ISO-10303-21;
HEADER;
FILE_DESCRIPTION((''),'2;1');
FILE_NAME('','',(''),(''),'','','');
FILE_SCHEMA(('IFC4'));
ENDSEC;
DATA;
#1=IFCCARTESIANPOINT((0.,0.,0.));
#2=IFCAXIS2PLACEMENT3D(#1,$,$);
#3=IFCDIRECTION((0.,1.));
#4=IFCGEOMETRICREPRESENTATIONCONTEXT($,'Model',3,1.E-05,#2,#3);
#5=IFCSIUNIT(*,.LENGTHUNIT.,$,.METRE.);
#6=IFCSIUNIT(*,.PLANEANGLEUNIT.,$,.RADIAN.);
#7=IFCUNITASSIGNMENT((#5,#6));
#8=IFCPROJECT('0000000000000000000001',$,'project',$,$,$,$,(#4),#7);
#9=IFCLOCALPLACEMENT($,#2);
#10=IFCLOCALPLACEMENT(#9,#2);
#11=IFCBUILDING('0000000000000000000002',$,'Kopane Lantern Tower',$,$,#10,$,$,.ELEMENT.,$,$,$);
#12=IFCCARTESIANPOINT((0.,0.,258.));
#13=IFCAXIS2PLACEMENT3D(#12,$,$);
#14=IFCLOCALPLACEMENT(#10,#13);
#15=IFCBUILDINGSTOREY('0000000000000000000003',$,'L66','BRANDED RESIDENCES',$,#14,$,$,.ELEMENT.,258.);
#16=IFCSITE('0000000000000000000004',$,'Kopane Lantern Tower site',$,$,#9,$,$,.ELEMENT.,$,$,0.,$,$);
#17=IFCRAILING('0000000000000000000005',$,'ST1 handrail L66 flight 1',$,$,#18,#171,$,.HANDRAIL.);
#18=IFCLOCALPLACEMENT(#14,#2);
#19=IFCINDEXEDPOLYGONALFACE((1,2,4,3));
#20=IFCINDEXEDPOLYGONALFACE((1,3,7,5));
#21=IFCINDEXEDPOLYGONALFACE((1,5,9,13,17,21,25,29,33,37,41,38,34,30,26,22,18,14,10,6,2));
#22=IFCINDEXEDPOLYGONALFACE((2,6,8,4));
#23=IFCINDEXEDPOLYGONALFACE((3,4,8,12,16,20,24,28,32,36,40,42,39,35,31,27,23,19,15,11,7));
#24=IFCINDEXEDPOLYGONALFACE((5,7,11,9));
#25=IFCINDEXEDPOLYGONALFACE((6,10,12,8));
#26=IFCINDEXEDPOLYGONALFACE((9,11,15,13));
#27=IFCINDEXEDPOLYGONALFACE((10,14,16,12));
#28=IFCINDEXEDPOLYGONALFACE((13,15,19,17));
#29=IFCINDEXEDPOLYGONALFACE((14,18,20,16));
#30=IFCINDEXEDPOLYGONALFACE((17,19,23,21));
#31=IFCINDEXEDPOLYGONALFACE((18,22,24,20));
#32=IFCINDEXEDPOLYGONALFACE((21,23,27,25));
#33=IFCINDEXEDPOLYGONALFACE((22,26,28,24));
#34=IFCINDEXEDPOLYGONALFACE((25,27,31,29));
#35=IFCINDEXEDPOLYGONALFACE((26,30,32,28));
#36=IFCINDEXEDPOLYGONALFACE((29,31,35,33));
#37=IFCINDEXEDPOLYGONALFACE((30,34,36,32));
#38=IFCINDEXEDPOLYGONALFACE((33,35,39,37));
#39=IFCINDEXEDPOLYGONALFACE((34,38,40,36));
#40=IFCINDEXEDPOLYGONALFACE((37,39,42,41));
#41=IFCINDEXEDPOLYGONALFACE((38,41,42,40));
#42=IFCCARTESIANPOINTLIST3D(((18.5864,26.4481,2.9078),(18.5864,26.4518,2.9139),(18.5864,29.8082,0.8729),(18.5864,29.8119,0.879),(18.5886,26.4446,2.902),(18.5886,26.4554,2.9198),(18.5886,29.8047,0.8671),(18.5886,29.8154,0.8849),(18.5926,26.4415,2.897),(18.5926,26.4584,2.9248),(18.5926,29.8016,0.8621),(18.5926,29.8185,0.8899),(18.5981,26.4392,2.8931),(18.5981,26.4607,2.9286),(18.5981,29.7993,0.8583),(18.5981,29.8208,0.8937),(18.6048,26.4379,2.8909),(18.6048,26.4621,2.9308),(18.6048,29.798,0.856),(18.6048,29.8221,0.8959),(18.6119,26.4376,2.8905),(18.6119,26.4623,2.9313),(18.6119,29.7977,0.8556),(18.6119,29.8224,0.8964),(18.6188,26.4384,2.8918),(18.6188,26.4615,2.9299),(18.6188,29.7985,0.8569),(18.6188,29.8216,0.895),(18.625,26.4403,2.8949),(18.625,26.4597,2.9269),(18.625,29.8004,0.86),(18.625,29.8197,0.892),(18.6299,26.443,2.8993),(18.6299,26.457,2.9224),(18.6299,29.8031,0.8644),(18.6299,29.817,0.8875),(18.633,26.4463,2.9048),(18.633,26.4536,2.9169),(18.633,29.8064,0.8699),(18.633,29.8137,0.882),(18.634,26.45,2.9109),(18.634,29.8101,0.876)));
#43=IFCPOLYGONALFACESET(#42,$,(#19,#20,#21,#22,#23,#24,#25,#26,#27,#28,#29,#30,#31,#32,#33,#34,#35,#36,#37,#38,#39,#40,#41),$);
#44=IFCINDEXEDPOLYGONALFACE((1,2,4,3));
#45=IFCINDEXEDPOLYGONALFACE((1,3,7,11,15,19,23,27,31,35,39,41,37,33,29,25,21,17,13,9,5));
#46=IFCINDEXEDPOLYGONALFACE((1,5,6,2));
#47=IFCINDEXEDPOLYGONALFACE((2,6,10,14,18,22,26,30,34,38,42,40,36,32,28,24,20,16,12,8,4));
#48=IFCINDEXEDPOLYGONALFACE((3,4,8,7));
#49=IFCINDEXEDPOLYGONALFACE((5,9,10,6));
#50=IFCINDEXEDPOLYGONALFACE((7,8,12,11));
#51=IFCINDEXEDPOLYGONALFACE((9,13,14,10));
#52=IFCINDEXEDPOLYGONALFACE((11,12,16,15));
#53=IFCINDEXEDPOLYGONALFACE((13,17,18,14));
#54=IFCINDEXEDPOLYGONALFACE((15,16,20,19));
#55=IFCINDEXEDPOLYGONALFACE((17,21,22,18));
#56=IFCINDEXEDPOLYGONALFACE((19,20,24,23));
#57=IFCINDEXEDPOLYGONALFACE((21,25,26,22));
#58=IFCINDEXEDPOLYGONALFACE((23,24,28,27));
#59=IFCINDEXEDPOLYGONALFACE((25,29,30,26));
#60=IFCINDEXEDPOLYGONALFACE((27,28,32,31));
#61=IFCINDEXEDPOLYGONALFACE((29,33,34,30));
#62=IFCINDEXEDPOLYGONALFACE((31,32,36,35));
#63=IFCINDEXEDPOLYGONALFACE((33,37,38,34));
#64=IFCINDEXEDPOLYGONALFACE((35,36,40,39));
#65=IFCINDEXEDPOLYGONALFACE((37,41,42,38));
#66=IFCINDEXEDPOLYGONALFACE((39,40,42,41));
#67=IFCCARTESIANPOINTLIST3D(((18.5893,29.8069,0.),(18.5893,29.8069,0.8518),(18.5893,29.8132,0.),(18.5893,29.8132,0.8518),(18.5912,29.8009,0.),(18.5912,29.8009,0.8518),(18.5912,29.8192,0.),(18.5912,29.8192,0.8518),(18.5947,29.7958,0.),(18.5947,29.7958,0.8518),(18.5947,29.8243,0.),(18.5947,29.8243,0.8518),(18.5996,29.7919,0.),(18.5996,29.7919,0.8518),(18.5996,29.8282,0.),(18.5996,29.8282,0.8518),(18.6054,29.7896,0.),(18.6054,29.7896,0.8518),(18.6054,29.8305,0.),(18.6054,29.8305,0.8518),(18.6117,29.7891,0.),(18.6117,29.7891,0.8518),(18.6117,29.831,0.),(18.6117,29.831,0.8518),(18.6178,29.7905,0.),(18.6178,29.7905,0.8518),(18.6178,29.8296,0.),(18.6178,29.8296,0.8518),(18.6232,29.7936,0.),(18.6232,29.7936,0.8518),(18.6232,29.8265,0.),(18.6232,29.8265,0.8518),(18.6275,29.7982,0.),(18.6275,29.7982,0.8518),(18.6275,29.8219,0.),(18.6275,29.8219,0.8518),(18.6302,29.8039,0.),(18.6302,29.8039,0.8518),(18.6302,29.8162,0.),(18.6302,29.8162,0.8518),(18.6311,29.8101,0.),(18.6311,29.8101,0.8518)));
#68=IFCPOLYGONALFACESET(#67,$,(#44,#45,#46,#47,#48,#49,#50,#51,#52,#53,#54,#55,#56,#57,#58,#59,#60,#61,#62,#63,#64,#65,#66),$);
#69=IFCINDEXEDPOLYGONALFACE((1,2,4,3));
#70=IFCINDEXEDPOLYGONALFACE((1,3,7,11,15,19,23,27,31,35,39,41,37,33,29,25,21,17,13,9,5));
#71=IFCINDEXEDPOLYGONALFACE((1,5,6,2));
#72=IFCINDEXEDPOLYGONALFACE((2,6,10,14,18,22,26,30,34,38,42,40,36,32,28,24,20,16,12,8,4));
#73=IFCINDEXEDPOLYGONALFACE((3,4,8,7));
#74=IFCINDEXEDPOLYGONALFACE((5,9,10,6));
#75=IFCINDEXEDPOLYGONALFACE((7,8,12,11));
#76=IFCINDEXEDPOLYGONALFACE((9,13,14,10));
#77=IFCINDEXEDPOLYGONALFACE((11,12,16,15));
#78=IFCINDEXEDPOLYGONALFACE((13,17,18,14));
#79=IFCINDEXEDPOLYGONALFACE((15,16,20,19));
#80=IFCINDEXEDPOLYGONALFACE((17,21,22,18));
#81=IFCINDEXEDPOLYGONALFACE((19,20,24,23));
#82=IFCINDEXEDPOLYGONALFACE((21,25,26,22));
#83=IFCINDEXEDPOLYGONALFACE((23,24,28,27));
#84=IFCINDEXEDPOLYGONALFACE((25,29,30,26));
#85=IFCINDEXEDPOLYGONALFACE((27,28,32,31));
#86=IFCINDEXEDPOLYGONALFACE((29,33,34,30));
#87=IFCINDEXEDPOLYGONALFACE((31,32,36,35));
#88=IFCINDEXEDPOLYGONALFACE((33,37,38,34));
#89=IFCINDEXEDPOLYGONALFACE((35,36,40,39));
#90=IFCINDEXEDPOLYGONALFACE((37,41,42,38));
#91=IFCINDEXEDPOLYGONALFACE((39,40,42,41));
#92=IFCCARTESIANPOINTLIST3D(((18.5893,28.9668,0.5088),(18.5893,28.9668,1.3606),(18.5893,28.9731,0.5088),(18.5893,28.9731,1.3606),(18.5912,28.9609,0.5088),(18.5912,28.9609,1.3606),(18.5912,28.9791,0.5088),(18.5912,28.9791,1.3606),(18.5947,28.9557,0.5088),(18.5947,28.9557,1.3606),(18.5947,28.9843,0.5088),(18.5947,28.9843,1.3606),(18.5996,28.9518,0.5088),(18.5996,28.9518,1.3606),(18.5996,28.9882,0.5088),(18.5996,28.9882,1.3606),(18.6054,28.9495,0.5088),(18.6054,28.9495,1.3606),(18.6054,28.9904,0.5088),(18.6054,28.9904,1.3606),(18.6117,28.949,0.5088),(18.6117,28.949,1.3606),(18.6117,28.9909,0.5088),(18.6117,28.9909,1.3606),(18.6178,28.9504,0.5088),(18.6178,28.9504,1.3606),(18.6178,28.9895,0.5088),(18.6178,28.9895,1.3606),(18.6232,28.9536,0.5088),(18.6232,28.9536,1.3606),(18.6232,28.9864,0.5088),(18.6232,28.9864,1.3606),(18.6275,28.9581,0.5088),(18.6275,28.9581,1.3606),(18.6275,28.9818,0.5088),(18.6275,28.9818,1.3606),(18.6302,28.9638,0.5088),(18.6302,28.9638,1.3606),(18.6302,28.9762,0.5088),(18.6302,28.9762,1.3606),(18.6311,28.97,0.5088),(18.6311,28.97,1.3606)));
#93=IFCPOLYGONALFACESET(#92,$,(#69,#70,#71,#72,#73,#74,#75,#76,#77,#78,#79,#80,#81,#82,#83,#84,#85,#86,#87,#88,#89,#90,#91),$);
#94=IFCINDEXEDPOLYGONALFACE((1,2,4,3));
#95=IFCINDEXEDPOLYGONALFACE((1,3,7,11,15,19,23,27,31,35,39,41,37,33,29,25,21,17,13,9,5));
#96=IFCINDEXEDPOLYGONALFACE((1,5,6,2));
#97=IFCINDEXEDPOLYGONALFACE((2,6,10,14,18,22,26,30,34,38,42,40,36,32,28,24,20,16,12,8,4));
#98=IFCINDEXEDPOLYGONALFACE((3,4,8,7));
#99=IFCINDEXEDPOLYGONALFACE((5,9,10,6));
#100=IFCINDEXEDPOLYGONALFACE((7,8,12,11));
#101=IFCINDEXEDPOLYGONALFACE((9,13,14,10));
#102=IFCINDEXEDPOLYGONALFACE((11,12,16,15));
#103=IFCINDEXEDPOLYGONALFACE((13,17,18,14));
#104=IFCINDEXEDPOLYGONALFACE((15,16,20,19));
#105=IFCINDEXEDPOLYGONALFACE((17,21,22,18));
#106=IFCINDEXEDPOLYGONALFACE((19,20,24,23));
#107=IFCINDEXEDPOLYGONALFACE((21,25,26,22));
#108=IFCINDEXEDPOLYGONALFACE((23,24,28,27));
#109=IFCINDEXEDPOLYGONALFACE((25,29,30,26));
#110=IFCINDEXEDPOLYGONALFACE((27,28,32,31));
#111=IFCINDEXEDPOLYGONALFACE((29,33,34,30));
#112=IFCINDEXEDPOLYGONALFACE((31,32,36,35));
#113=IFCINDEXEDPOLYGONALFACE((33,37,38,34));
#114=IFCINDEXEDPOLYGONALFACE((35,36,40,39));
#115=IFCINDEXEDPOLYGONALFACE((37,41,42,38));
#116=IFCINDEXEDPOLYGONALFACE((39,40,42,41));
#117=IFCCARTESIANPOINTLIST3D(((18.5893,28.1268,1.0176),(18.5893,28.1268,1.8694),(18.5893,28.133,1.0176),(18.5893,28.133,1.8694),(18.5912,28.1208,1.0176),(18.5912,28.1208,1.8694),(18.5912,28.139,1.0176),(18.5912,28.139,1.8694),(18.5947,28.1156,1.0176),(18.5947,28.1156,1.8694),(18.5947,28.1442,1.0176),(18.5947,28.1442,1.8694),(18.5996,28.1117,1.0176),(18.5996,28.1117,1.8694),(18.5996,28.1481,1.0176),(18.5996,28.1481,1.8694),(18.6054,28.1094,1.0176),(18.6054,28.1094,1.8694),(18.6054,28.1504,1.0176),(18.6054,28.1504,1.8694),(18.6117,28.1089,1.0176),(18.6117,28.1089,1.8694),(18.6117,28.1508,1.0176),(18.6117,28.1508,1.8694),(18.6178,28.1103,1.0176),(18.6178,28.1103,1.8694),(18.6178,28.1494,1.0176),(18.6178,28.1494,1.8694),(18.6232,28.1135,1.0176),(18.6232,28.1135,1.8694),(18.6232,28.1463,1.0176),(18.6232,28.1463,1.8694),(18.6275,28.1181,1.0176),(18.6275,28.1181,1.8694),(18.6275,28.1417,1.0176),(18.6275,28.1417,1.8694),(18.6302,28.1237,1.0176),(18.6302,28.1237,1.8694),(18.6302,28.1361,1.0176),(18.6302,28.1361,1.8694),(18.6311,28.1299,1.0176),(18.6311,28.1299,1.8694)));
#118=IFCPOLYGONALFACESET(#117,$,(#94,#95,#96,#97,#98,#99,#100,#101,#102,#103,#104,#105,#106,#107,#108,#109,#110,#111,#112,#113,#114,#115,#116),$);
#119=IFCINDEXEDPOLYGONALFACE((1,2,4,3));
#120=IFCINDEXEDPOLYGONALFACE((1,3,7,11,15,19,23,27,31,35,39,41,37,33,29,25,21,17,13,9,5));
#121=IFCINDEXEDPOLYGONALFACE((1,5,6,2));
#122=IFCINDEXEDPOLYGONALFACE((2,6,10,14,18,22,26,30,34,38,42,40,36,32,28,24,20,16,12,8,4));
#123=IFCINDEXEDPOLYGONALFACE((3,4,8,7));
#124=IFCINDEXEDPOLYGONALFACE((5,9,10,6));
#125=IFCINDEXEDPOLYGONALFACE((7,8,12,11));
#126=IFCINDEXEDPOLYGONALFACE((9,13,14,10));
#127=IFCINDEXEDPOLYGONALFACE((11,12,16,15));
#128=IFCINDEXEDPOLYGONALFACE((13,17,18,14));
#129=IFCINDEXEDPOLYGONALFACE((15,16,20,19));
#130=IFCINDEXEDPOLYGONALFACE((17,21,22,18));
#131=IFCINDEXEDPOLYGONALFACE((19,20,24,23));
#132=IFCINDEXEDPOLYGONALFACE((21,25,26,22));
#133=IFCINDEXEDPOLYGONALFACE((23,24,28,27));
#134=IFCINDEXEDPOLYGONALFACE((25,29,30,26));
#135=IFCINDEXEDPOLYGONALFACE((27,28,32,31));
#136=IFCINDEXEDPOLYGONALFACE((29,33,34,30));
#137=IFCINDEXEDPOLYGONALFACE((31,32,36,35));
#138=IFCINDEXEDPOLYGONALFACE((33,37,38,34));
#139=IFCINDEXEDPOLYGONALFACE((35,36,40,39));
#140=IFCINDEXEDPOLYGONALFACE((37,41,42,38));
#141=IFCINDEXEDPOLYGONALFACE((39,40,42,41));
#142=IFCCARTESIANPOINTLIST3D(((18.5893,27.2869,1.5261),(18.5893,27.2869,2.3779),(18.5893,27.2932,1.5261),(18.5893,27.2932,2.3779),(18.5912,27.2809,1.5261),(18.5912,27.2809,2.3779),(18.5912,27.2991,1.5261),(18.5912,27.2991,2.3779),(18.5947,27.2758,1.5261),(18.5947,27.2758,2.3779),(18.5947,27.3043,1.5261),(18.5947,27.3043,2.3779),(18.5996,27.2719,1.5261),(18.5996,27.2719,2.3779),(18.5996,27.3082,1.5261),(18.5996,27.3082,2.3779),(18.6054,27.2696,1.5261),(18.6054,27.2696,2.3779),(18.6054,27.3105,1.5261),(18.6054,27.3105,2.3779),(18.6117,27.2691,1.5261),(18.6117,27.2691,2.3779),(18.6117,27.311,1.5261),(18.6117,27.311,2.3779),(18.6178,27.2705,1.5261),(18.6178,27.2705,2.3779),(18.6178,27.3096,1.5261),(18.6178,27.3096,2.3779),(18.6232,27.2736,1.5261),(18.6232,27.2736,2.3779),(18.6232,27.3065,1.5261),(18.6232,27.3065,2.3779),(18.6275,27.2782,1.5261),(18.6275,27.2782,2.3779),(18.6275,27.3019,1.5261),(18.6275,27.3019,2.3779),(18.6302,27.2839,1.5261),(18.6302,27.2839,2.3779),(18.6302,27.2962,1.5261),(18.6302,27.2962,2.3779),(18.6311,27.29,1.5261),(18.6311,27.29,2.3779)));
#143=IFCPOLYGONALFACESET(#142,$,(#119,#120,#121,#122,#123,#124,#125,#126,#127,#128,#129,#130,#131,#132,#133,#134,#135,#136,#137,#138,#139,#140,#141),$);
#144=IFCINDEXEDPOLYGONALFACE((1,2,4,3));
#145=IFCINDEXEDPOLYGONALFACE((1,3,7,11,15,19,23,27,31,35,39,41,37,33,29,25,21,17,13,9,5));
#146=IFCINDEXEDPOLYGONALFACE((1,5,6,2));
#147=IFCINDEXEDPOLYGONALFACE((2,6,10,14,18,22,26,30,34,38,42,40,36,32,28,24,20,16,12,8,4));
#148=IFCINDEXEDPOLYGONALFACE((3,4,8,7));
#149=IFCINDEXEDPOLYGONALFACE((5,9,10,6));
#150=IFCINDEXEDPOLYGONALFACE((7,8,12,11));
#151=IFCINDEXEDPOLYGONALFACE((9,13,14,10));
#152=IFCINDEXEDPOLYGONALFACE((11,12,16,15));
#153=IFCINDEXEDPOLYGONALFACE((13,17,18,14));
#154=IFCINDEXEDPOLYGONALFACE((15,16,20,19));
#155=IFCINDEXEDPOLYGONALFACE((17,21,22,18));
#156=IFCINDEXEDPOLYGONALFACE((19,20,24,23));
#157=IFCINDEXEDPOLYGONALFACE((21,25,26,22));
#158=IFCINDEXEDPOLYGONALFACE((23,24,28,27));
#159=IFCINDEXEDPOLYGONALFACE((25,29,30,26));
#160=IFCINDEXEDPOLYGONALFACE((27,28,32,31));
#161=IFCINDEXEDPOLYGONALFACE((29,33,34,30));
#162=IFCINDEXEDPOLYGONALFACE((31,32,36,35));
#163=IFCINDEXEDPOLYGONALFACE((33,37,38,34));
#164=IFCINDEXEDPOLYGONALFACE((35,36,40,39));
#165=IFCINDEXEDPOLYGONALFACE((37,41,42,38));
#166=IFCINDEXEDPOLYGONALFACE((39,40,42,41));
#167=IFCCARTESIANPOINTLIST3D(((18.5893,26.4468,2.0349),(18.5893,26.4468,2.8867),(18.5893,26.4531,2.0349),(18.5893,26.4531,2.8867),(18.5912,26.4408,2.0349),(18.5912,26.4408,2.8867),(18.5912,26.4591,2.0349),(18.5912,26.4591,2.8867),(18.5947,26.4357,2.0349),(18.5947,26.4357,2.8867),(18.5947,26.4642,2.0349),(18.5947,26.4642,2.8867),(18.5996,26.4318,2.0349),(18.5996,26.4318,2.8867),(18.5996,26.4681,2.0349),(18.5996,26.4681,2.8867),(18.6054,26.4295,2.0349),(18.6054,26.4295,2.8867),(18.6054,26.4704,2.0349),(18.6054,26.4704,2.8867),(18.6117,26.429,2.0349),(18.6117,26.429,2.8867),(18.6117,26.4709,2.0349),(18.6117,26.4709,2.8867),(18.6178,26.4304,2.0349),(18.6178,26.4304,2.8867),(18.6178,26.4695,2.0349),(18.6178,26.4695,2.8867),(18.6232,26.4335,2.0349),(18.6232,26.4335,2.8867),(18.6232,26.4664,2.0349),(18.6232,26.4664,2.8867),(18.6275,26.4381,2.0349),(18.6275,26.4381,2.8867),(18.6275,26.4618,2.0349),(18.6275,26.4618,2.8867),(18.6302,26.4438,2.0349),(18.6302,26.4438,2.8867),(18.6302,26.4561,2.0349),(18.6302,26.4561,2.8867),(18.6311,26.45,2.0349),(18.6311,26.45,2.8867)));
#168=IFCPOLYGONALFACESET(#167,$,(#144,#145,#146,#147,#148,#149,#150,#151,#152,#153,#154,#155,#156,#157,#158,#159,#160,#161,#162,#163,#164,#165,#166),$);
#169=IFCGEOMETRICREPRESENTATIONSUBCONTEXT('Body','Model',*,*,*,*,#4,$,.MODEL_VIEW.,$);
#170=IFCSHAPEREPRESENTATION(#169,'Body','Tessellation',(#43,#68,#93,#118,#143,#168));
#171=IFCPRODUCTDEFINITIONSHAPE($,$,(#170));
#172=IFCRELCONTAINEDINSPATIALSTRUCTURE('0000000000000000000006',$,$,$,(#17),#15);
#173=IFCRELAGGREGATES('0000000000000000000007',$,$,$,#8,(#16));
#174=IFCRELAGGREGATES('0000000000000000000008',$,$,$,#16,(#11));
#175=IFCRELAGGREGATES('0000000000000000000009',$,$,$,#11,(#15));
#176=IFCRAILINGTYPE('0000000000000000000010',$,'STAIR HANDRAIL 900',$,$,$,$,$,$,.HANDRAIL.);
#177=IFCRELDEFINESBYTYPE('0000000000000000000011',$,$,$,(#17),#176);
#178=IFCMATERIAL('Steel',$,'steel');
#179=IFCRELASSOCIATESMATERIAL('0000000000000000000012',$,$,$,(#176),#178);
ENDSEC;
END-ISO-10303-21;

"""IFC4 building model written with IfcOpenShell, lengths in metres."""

from ifc_helpers import new_model, si_unit, direction, frame, origin, origin_2d, place, context, subcontext, project, spatial, circle, extrude, material, type_object, element, save


model = new_model("IFC4")

# Units and contexts
model_context = context("Model", 3, precision=1e-05, world=origin(), true_north=direction((0.0, 1.0)))
body_context = subcontext(model_context, "Body", "Model", "MODEL_VIEW")
ifc_project = project(units=[si_unit("LENGTHUNIT", "METRE"), si_unit("PLANEANGLEUNIT", "RADIAN")], contexts=[model_context])

# Site, building, storey
site_placement = place(None, origin())
site = spatial("IfcSite", under=ifc_project, at=site_placement, Name="Kopane Lantern Tower site", CompositionType="ELEMENT", RefElevation=0.0)
building_placement = place(site_placement, origin())
building = spatial("IfcBuilding", under=site, at=building_placement, Name="Kopane Lantern Tower", CompositionType="ELEMENT")
storey_placement = place(building_placement, frame((0.0, 0.0, 258.0)))
storey = spatial("IfcBuildingStorey", under=building, at=storey_placement, Name="L66", Description="BRANDED RESIDENCES", CompositionType="ELEMENT", Elevation=258.0)

# Railing
ifc_material_1 = material(Name="Steel", Category="steel")
railing_type_1 = type_object("IfcRailingType", Name="STAIR HANDRAIL 900", PredefinedType="HANDRAIL", material=ifc_material_1)
for number, where, name in (
    (1, (18.6101, 29.8101, 0.0), "ST1 handrail L66 flight 1"),
):
    element("IfcRailing", number, at=place(storey_placement, frame(where)), inside=storey, type_object=railing_type_1, Name=name, PredefinedType="HANDRAIL", context=body_context, shape_type="SweptSolid", body=[
        extrude(circle(Radius=0.0239, at=origin_2d()), frame((0.0, 0.0, 0.876), z_axis=(0.0, -0.855369, 0.518019), x_axis=(1.0, 0.0, 0.0)), (0.0, 0.0, 1.0), 3.9282),
        extrude(circle(Radius=0.021, at=origin_2d()), origin(), (0.0, 0.0, 1.0), 0.8518),
        extrude(circle(Radius=0.021, at=origin_2d()), frame((0.0, -0.8401, 0.5088)), (0.0, 0.0, 1.0), 0.8518),
        extrude(circle(Radius=0.021, at=origin_2d()), frame((0.0, -1.6802, 1.0176)), (0.0, 0.0, 1.0), 0.8518),
        extrude(circle(Radius=0.021, at=origin_2d()), frame((0.0, -2.52, 1.5261)), (0.0, 0.0, 1.0), 0.8518),
        extrude(circle(Radius=0.021, at=origin_2d()), frame((0.0, -3.3601, 2.0349)), (0.0, 0.0, 1.0), 0.8518),
    ])

save(model, "model.ifc")
